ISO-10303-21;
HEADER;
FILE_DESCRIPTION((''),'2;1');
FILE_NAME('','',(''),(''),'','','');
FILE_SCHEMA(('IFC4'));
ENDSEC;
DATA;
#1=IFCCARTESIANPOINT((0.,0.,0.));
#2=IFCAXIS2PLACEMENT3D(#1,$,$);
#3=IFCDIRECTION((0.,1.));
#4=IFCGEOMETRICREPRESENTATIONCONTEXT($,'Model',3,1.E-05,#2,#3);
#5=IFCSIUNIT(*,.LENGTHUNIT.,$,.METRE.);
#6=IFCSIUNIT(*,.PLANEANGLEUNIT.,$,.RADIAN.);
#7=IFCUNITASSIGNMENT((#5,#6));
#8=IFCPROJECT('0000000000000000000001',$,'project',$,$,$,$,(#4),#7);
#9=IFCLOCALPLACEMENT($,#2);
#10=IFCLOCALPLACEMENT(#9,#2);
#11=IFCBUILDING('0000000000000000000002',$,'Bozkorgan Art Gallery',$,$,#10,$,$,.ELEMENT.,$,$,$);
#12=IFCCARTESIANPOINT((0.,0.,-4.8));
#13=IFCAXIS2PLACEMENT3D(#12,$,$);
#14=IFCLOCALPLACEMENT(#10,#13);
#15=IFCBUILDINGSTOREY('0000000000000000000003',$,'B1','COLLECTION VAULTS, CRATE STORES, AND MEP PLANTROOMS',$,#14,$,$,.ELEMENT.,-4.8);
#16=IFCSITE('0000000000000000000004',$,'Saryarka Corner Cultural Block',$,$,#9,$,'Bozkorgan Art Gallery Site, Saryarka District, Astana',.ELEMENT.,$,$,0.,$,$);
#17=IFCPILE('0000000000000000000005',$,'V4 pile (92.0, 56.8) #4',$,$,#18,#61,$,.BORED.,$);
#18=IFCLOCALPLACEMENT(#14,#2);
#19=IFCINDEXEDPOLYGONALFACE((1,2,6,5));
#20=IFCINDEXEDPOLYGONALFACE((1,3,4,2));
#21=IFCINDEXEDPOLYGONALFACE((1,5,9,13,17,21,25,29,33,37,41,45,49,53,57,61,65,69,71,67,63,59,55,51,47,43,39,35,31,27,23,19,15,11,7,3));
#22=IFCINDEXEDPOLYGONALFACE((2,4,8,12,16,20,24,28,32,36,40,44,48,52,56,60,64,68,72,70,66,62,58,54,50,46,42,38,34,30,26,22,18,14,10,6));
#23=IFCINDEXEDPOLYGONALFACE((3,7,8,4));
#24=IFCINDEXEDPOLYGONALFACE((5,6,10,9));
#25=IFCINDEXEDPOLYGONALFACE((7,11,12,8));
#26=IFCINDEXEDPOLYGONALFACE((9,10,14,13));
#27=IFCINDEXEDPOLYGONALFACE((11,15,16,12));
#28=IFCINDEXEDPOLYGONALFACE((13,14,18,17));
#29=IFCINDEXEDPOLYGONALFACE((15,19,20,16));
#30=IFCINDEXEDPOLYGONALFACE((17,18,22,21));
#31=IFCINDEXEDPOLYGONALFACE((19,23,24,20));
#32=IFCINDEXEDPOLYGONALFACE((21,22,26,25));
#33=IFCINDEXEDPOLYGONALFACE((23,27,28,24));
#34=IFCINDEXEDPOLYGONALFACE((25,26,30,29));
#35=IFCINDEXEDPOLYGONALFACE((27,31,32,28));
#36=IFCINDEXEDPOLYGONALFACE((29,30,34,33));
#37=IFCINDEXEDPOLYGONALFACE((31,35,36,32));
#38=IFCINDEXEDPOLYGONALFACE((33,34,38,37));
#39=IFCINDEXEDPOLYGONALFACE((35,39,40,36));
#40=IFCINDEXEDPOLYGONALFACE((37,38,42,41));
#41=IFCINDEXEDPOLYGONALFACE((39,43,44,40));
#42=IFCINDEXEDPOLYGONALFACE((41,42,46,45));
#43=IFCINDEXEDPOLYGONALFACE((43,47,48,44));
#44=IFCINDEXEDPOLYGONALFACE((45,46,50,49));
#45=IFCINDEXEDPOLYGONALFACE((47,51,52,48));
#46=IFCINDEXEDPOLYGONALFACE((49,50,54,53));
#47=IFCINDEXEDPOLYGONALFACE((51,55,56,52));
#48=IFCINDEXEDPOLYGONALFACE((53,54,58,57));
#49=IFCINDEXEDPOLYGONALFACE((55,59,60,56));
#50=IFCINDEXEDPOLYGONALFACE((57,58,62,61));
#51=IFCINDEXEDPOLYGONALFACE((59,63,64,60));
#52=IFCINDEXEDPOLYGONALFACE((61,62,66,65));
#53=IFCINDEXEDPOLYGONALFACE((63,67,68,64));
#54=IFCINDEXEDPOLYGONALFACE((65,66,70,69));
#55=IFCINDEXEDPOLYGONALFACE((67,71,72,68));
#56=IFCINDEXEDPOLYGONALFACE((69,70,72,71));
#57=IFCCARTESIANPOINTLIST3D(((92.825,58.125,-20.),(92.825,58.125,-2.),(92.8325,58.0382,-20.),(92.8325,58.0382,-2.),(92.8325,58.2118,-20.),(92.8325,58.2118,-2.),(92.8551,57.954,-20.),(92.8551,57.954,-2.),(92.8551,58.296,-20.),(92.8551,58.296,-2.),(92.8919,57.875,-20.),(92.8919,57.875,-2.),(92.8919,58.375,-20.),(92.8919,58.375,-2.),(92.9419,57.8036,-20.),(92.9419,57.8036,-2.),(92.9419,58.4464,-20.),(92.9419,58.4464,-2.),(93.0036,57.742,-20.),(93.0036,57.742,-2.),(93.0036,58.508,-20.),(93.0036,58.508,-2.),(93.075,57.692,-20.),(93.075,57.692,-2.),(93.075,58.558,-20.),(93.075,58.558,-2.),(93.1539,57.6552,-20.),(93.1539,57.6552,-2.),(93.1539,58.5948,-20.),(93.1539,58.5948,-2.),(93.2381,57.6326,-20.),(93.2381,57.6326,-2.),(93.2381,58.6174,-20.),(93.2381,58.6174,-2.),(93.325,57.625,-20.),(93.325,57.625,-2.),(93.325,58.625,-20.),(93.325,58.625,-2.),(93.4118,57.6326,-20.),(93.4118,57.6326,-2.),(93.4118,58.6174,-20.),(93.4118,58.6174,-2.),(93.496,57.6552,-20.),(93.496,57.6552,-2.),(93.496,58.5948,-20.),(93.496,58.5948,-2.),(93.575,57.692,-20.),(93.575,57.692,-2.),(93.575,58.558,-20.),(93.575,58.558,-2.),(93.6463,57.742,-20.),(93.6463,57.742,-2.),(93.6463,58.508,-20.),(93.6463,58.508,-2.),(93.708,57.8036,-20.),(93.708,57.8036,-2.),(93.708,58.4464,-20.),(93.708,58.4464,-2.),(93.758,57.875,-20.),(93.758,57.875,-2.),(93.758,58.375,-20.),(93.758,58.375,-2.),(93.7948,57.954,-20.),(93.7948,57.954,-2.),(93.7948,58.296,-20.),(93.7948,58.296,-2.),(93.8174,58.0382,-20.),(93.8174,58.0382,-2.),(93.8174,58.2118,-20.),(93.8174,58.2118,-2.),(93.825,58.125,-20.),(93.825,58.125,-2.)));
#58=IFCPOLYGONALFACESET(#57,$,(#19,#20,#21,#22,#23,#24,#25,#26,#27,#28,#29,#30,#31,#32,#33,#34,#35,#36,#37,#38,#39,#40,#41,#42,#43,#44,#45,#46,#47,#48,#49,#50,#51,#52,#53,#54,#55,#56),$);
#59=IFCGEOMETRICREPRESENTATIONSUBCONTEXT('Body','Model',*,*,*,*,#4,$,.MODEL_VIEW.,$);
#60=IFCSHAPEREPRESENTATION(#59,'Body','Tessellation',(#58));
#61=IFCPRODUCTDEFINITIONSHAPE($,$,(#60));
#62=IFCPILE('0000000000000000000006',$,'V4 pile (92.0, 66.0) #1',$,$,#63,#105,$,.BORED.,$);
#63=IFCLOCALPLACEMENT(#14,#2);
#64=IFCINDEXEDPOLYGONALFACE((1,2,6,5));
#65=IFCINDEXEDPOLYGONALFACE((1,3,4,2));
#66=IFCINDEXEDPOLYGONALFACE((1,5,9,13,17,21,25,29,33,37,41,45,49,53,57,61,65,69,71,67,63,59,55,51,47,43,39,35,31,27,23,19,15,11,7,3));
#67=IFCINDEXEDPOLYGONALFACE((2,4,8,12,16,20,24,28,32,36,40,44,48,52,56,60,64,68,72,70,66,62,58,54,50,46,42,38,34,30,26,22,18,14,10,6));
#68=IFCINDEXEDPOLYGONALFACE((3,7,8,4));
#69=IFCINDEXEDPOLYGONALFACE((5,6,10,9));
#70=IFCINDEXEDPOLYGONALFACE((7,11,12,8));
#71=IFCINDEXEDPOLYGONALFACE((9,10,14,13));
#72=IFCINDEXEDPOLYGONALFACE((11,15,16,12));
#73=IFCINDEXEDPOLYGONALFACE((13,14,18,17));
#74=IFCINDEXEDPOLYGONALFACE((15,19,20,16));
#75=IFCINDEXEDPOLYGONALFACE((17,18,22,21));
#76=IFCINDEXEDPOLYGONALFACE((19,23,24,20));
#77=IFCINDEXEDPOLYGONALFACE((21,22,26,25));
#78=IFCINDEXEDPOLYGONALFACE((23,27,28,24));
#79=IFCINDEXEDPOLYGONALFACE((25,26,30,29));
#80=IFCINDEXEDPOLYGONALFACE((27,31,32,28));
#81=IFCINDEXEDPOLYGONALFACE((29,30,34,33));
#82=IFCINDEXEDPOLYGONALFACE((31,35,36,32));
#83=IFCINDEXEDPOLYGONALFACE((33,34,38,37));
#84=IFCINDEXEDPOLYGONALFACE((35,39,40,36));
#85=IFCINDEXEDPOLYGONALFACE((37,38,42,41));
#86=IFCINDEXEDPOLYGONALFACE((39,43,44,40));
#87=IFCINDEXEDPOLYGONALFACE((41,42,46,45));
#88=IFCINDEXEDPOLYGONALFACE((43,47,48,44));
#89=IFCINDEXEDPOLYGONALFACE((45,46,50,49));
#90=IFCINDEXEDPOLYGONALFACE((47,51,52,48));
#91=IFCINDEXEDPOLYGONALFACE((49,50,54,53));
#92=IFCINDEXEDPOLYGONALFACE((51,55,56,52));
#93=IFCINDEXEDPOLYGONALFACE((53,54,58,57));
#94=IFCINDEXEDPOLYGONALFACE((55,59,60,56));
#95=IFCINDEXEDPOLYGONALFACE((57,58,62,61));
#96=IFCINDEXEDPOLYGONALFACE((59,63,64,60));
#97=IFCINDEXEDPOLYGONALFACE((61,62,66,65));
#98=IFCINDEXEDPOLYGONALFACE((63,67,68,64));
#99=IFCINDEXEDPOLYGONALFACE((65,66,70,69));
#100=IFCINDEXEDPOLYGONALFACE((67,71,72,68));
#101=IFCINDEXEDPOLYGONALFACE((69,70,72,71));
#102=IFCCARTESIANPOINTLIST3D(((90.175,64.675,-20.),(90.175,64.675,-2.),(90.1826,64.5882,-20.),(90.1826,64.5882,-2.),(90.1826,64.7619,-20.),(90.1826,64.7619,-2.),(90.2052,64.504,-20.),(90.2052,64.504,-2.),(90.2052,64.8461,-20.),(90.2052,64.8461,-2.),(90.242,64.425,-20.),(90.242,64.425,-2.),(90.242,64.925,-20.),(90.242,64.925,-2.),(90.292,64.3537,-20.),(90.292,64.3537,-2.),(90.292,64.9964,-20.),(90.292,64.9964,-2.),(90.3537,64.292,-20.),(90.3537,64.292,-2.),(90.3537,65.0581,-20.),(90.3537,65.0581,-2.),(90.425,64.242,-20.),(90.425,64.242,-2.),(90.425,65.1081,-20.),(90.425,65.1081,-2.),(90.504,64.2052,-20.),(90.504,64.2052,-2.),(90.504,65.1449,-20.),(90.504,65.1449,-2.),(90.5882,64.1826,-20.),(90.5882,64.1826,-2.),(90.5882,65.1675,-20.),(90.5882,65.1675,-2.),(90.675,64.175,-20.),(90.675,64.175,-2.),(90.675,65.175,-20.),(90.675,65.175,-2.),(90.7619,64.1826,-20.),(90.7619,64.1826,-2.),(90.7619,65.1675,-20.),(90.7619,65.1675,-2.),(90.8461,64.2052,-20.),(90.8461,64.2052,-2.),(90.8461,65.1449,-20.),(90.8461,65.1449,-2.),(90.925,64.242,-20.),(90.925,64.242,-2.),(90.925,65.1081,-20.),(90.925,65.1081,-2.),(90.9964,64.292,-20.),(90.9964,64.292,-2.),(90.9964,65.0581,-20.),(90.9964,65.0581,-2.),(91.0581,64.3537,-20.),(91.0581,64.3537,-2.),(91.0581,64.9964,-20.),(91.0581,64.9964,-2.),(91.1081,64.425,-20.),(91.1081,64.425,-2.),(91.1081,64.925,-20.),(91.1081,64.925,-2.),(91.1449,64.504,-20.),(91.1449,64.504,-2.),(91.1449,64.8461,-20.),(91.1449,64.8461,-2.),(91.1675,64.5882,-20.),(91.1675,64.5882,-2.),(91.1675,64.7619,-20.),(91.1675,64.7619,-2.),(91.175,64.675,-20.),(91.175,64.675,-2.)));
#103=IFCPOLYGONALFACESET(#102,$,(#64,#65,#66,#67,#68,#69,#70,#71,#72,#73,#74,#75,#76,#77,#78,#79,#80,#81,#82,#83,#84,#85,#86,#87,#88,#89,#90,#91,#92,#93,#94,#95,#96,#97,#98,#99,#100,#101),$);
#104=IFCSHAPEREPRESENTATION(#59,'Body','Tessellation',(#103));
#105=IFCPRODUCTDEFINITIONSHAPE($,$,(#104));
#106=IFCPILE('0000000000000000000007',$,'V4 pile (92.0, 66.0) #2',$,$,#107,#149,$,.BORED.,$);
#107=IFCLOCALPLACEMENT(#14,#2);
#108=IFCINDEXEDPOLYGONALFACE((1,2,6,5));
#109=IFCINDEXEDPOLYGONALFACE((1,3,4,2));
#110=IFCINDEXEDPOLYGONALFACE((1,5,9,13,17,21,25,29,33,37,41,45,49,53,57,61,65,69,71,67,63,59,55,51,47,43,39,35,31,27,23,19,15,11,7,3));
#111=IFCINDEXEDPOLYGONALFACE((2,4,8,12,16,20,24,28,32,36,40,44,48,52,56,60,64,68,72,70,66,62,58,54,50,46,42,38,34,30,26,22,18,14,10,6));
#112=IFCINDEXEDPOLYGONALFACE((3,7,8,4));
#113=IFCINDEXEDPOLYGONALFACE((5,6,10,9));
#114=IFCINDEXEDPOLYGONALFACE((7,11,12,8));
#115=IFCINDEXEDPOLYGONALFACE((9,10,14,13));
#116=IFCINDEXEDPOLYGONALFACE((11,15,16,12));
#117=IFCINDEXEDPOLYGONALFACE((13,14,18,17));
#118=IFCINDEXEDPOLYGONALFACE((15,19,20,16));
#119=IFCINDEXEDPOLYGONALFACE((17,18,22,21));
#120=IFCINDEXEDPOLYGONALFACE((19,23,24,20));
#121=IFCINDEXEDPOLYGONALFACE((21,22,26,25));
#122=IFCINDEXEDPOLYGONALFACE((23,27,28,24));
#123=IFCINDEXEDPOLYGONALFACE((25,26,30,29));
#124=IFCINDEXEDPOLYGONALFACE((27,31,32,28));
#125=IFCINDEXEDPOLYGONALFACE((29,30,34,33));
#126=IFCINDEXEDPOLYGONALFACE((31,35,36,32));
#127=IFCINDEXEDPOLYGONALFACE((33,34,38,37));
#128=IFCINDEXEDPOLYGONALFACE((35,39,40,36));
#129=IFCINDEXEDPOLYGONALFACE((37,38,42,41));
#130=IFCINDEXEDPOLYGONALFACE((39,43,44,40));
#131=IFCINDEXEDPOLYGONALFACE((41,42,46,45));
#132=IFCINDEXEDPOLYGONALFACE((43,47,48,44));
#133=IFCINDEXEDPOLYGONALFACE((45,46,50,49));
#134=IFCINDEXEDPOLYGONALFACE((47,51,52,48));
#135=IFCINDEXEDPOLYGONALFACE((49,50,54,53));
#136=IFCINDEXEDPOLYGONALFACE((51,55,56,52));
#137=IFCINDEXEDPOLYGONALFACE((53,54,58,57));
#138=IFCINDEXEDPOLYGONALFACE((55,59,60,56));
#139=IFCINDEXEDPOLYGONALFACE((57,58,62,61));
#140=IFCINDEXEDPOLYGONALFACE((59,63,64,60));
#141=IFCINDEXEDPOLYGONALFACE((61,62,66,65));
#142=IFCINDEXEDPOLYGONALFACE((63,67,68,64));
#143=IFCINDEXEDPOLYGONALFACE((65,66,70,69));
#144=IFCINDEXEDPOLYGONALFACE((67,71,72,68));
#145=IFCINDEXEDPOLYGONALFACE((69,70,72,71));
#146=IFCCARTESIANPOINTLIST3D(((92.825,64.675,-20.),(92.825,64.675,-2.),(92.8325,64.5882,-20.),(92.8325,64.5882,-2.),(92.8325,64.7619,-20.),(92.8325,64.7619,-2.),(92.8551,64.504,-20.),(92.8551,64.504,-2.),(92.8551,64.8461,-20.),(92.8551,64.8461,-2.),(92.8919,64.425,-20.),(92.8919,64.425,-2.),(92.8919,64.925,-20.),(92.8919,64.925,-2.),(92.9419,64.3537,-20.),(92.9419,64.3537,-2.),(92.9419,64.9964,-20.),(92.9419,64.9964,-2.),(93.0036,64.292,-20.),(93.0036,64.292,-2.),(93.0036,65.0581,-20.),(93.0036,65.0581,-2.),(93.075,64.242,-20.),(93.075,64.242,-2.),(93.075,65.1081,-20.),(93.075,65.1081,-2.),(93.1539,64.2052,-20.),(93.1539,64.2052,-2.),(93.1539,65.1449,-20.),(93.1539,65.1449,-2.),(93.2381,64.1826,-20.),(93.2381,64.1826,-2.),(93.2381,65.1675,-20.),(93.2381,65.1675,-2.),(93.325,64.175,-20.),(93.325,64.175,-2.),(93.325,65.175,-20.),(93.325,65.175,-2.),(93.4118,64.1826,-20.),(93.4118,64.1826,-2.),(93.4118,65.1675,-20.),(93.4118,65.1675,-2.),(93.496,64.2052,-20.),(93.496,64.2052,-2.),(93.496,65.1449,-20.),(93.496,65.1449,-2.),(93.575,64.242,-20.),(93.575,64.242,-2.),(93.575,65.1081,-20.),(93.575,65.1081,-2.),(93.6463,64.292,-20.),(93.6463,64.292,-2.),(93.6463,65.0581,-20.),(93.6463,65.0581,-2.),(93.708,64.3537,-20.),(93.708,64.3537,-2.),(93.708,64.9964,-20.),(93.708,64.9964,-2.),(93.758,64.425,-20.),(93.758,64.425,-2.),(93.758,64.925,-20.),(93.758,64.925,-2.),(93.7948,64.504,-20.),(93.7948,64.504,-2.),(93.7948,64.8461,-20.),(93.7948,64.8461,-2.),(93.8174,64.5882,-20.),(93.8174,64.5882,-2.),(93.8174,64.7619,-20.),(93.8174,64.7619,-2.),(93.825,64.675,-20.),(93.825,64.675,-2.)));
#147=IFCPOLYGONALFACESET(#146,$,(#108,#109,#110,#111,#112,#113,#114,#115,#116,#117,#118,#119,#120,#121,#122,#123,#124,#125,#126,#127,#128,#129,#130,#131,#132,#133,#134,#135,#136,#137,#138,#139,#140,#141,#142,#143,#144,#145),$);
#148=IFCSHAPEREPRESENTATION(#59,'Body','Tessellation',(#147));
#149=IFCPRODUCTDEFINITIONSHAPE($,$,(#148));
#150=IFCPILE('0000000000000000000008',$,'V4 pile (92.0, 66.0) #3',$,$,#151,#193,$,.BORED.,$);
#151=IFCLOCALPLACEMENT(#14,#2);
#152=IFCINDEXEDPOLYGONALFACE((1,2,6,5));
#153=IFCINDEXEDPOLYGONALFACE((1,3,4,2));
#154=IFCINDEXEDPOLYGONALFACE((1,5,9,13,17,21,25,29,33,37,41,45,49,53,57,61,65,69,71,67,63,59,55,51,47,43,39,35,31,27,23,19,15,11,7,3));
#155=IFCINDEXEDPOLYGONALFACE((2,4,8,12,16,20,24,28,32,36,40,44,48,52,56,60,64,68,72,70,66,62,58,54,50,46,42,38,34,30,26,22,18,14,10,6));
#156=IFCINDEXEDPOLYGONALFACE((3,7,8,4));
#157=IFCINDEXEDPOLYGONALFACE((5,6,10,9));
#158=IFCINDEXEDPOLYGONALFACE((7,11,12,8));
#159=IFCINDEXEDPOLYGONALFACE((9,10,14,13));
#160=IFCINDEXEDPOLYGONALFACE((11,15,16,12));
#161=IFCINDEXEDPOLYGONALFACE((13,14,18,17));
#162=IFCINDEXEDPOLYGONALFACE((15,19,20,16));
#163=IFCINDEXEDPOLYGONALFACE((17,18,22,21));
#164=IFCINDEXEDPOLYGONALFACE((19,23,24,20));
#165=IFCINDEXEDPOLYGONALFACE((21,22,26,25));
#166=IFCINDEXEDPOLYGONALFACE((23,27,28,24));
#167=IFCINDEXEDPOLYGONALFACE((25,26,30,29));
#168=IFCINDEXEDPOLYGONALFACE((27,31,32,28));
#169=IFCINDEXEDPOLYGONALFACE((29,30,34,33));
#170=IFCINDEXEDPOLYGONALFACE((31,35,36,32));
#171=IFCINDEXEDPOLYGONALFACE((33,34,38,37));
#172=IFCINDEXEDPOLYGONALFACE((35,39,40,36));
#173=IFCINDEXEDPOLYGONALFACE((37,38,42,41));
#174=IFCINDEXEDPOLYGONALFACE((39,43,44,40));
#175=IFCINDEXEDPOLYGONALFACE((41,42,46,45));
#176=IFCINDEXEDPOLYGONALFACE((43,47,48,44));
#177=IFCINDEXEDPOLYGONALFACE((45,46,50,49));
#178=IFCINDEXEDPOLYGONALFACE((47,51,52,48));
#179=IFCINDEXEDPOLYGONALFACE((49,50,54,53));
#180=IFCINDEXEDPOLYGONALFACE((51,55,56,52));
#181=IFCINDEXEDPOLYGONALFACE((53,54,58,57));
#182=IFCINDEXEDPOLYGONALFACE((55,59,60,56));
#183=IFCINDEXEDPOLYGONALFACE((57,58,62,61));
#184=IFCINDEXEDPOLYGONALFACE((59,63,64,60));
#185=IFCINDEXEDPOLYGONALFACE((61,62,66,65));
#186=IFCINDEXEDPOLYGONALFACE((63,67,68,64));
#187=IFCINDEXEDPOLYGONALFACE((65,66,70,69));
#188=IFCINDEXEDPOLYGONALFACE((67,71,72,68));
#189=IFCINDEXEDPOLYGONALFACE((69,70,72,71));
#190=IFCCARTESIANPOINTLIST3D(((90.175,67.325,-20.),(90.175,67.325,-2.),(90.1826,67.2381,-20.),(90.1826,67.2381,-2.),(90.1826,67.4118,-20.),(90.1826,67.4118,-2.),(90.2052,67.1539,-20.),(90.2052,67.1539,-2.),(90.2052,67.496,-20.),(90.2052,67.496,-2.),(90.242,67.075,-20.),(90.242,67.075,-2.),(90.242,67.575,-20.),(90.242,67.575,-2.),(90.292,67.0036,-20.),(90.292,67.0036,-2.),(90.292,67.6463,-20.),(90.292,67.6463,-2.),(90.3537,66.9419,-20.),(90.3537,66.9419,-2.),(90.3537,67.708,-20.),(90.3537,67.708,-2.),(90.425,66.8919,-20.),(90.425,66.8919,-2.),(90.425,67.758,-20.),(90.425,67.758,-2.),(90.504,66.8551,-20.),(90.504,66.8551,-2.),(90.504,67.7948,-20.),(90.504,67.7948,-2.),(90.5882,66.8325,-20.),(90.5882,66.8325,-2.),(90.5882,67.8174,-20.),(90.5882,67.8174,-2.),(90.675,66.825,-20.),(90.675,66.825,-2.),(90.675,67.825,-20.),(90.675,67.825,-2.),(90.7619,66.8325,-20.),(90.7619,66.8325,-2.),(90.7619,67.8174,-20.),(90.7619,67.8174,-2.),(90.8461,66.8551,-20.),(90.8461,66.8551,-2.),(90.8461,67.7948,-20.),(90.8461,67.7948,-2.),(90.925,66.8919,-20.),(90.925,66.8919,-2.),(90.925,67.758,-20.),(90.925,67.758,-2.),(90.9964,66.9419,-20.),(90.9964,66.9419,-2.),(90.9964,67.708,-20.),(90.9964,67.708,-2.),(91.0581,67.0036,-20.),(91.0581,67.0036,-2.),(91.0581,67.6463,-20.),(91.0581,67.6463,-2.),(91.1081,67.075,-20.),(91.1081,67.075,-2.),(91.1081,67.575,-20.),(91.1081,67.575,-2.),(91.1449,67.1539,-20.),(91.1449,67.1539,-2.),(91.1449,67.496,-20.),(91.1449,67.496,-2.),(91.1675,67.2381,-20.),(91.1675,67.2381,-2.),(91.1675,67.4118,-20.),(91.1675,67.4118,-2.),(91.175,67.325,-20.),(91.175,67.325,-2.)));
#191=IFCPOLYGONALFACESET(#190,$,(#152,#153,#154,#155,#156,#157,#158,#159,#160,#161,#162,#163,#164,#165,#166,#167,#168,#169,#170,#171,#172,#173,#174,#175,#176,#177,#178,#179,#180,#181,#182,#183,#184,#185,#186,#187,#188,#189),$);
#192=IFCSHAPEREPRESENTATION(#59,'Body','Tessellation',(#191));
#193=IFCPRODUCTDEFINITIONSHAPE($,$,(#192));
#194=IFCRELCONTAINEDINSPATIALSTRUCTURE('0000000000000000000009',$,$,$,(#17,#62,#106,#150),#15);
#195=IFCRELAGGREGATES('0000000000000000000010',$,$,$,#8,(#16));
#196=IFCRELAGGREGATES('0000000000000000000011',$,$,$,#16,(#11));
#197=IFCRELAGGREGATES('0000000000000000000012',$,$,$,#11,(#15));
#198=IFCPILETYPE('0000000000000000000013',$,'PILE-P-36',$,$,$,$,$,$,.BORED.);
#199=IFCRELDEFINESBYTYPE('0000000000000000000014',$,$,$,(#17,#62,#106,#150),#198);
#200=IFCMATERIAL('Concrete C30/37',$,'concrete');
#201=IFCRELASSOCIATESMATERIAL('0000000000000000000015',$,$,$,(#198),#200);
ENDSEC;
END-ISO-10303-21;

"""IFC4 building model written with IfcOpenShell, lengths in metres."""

from ifc_helpers import new_model, si_unit, direction, frame, origin, origin_2d, place, context, subcontext, project, spatial, circle, extrude, material, material_profile, profile_set, type_object, element, save


model = new_model("IFC4")

# Units and contexts
model_context = context("Model", 3, precision=1e-05, world=origin(), true_north=direction((0.0, 1.0)))
body_context = subcontext(model_context, "Body", "Model", "MODEL_VIEW")
ifc_project = project(units=[si_unit("LENGTHUNIT", "METRE"), si_unit("PLANEANGLEUNIT", "RADIAN")], contexts=[model_context])

# Site, building, storey
site_placement = place(None, origin())
site = spatial("IfcSite", under=ifc_project, at=site_placement, Name="Saryarka Corner Cultural Block", LongName="Bozkorgan Art Gallery Site, Saryarka District, Astana", CompositionType="ELEMENT", RefElevation=0.0)
building_placement = place(site_placement, origin())
building = spatial("IfcBuilding", under=site, at=building_placement, Name="Bozkorgan Art Gallery", CompositionType="ELEMENT")
storey_placement = place(building_placement, frame((0.0, 0.0, -4.8)))
storey = spatial("IfcBuildingStorey", under=building, at=storey_placement, Name="B1", Description="COLLECTION VAULTS, CRATE STORES, AND MEP PLANTROOMS", CompositionType="ELEMENT", Elevation=-4.8)

# Shared definitions
ifc_material_1 = material(Name="Concrete C30/37", Category="concrete")

# Piles
ifc_material_profile_1 = material_profile(ifc_material_1, circle(Radius=0.5, at=origin_2d()), Name="PILE D1000")
ifc_profile_set_1 = profile_set([ifc_material_profile_1], Name="Concrete C30/37")
pile_type = type_object("IfcPileType", Name="PILE-P-36", PredefinedType="BORED", material=ifc_profile_set_1)
for number, where, z_axis, x_axis, name in (
    (1, (93.325, 58.125, -2.0), (0.0, 0.0, -1.0), (1.0, 0.0, 0.0), "V4 pile (92.0, 56.8) #4"),
    (2, (90.675, 64.675, -2.0), (0.0, 0.0, -1.0), (1.0, 0.0, 0.0), "V4 pile (92.0, 66.0) #1"),
    (3, (93.325, 64.675, -2.0), (0.0, 0.0, -1.0), (1.0, 0.0, 0.0), "V4 pile (92.0, 66.0) #2"),
    (4, (90.675, 67.325, -2.0), (0.0, 0.0, -1.0), (1.0, 0.0, 0.0), "V4 pile (92.0, 66.0) #3"),
):
    element("IfcPile", number, at=place(storey_placement, frame(where, z_axis=z_axis, x_axis=x_axis)), inside=storey, type_object=pile_type, Name=name, PredefinedType="BORED", context=body_context, shape_type="SweptSolid", body=[
        extrude(circle(Radius=0.5, at=origin_2d()), origin(), (0.0, 0.0, 1.0), 18.0),
    ])

save(model, "model.ifc")
